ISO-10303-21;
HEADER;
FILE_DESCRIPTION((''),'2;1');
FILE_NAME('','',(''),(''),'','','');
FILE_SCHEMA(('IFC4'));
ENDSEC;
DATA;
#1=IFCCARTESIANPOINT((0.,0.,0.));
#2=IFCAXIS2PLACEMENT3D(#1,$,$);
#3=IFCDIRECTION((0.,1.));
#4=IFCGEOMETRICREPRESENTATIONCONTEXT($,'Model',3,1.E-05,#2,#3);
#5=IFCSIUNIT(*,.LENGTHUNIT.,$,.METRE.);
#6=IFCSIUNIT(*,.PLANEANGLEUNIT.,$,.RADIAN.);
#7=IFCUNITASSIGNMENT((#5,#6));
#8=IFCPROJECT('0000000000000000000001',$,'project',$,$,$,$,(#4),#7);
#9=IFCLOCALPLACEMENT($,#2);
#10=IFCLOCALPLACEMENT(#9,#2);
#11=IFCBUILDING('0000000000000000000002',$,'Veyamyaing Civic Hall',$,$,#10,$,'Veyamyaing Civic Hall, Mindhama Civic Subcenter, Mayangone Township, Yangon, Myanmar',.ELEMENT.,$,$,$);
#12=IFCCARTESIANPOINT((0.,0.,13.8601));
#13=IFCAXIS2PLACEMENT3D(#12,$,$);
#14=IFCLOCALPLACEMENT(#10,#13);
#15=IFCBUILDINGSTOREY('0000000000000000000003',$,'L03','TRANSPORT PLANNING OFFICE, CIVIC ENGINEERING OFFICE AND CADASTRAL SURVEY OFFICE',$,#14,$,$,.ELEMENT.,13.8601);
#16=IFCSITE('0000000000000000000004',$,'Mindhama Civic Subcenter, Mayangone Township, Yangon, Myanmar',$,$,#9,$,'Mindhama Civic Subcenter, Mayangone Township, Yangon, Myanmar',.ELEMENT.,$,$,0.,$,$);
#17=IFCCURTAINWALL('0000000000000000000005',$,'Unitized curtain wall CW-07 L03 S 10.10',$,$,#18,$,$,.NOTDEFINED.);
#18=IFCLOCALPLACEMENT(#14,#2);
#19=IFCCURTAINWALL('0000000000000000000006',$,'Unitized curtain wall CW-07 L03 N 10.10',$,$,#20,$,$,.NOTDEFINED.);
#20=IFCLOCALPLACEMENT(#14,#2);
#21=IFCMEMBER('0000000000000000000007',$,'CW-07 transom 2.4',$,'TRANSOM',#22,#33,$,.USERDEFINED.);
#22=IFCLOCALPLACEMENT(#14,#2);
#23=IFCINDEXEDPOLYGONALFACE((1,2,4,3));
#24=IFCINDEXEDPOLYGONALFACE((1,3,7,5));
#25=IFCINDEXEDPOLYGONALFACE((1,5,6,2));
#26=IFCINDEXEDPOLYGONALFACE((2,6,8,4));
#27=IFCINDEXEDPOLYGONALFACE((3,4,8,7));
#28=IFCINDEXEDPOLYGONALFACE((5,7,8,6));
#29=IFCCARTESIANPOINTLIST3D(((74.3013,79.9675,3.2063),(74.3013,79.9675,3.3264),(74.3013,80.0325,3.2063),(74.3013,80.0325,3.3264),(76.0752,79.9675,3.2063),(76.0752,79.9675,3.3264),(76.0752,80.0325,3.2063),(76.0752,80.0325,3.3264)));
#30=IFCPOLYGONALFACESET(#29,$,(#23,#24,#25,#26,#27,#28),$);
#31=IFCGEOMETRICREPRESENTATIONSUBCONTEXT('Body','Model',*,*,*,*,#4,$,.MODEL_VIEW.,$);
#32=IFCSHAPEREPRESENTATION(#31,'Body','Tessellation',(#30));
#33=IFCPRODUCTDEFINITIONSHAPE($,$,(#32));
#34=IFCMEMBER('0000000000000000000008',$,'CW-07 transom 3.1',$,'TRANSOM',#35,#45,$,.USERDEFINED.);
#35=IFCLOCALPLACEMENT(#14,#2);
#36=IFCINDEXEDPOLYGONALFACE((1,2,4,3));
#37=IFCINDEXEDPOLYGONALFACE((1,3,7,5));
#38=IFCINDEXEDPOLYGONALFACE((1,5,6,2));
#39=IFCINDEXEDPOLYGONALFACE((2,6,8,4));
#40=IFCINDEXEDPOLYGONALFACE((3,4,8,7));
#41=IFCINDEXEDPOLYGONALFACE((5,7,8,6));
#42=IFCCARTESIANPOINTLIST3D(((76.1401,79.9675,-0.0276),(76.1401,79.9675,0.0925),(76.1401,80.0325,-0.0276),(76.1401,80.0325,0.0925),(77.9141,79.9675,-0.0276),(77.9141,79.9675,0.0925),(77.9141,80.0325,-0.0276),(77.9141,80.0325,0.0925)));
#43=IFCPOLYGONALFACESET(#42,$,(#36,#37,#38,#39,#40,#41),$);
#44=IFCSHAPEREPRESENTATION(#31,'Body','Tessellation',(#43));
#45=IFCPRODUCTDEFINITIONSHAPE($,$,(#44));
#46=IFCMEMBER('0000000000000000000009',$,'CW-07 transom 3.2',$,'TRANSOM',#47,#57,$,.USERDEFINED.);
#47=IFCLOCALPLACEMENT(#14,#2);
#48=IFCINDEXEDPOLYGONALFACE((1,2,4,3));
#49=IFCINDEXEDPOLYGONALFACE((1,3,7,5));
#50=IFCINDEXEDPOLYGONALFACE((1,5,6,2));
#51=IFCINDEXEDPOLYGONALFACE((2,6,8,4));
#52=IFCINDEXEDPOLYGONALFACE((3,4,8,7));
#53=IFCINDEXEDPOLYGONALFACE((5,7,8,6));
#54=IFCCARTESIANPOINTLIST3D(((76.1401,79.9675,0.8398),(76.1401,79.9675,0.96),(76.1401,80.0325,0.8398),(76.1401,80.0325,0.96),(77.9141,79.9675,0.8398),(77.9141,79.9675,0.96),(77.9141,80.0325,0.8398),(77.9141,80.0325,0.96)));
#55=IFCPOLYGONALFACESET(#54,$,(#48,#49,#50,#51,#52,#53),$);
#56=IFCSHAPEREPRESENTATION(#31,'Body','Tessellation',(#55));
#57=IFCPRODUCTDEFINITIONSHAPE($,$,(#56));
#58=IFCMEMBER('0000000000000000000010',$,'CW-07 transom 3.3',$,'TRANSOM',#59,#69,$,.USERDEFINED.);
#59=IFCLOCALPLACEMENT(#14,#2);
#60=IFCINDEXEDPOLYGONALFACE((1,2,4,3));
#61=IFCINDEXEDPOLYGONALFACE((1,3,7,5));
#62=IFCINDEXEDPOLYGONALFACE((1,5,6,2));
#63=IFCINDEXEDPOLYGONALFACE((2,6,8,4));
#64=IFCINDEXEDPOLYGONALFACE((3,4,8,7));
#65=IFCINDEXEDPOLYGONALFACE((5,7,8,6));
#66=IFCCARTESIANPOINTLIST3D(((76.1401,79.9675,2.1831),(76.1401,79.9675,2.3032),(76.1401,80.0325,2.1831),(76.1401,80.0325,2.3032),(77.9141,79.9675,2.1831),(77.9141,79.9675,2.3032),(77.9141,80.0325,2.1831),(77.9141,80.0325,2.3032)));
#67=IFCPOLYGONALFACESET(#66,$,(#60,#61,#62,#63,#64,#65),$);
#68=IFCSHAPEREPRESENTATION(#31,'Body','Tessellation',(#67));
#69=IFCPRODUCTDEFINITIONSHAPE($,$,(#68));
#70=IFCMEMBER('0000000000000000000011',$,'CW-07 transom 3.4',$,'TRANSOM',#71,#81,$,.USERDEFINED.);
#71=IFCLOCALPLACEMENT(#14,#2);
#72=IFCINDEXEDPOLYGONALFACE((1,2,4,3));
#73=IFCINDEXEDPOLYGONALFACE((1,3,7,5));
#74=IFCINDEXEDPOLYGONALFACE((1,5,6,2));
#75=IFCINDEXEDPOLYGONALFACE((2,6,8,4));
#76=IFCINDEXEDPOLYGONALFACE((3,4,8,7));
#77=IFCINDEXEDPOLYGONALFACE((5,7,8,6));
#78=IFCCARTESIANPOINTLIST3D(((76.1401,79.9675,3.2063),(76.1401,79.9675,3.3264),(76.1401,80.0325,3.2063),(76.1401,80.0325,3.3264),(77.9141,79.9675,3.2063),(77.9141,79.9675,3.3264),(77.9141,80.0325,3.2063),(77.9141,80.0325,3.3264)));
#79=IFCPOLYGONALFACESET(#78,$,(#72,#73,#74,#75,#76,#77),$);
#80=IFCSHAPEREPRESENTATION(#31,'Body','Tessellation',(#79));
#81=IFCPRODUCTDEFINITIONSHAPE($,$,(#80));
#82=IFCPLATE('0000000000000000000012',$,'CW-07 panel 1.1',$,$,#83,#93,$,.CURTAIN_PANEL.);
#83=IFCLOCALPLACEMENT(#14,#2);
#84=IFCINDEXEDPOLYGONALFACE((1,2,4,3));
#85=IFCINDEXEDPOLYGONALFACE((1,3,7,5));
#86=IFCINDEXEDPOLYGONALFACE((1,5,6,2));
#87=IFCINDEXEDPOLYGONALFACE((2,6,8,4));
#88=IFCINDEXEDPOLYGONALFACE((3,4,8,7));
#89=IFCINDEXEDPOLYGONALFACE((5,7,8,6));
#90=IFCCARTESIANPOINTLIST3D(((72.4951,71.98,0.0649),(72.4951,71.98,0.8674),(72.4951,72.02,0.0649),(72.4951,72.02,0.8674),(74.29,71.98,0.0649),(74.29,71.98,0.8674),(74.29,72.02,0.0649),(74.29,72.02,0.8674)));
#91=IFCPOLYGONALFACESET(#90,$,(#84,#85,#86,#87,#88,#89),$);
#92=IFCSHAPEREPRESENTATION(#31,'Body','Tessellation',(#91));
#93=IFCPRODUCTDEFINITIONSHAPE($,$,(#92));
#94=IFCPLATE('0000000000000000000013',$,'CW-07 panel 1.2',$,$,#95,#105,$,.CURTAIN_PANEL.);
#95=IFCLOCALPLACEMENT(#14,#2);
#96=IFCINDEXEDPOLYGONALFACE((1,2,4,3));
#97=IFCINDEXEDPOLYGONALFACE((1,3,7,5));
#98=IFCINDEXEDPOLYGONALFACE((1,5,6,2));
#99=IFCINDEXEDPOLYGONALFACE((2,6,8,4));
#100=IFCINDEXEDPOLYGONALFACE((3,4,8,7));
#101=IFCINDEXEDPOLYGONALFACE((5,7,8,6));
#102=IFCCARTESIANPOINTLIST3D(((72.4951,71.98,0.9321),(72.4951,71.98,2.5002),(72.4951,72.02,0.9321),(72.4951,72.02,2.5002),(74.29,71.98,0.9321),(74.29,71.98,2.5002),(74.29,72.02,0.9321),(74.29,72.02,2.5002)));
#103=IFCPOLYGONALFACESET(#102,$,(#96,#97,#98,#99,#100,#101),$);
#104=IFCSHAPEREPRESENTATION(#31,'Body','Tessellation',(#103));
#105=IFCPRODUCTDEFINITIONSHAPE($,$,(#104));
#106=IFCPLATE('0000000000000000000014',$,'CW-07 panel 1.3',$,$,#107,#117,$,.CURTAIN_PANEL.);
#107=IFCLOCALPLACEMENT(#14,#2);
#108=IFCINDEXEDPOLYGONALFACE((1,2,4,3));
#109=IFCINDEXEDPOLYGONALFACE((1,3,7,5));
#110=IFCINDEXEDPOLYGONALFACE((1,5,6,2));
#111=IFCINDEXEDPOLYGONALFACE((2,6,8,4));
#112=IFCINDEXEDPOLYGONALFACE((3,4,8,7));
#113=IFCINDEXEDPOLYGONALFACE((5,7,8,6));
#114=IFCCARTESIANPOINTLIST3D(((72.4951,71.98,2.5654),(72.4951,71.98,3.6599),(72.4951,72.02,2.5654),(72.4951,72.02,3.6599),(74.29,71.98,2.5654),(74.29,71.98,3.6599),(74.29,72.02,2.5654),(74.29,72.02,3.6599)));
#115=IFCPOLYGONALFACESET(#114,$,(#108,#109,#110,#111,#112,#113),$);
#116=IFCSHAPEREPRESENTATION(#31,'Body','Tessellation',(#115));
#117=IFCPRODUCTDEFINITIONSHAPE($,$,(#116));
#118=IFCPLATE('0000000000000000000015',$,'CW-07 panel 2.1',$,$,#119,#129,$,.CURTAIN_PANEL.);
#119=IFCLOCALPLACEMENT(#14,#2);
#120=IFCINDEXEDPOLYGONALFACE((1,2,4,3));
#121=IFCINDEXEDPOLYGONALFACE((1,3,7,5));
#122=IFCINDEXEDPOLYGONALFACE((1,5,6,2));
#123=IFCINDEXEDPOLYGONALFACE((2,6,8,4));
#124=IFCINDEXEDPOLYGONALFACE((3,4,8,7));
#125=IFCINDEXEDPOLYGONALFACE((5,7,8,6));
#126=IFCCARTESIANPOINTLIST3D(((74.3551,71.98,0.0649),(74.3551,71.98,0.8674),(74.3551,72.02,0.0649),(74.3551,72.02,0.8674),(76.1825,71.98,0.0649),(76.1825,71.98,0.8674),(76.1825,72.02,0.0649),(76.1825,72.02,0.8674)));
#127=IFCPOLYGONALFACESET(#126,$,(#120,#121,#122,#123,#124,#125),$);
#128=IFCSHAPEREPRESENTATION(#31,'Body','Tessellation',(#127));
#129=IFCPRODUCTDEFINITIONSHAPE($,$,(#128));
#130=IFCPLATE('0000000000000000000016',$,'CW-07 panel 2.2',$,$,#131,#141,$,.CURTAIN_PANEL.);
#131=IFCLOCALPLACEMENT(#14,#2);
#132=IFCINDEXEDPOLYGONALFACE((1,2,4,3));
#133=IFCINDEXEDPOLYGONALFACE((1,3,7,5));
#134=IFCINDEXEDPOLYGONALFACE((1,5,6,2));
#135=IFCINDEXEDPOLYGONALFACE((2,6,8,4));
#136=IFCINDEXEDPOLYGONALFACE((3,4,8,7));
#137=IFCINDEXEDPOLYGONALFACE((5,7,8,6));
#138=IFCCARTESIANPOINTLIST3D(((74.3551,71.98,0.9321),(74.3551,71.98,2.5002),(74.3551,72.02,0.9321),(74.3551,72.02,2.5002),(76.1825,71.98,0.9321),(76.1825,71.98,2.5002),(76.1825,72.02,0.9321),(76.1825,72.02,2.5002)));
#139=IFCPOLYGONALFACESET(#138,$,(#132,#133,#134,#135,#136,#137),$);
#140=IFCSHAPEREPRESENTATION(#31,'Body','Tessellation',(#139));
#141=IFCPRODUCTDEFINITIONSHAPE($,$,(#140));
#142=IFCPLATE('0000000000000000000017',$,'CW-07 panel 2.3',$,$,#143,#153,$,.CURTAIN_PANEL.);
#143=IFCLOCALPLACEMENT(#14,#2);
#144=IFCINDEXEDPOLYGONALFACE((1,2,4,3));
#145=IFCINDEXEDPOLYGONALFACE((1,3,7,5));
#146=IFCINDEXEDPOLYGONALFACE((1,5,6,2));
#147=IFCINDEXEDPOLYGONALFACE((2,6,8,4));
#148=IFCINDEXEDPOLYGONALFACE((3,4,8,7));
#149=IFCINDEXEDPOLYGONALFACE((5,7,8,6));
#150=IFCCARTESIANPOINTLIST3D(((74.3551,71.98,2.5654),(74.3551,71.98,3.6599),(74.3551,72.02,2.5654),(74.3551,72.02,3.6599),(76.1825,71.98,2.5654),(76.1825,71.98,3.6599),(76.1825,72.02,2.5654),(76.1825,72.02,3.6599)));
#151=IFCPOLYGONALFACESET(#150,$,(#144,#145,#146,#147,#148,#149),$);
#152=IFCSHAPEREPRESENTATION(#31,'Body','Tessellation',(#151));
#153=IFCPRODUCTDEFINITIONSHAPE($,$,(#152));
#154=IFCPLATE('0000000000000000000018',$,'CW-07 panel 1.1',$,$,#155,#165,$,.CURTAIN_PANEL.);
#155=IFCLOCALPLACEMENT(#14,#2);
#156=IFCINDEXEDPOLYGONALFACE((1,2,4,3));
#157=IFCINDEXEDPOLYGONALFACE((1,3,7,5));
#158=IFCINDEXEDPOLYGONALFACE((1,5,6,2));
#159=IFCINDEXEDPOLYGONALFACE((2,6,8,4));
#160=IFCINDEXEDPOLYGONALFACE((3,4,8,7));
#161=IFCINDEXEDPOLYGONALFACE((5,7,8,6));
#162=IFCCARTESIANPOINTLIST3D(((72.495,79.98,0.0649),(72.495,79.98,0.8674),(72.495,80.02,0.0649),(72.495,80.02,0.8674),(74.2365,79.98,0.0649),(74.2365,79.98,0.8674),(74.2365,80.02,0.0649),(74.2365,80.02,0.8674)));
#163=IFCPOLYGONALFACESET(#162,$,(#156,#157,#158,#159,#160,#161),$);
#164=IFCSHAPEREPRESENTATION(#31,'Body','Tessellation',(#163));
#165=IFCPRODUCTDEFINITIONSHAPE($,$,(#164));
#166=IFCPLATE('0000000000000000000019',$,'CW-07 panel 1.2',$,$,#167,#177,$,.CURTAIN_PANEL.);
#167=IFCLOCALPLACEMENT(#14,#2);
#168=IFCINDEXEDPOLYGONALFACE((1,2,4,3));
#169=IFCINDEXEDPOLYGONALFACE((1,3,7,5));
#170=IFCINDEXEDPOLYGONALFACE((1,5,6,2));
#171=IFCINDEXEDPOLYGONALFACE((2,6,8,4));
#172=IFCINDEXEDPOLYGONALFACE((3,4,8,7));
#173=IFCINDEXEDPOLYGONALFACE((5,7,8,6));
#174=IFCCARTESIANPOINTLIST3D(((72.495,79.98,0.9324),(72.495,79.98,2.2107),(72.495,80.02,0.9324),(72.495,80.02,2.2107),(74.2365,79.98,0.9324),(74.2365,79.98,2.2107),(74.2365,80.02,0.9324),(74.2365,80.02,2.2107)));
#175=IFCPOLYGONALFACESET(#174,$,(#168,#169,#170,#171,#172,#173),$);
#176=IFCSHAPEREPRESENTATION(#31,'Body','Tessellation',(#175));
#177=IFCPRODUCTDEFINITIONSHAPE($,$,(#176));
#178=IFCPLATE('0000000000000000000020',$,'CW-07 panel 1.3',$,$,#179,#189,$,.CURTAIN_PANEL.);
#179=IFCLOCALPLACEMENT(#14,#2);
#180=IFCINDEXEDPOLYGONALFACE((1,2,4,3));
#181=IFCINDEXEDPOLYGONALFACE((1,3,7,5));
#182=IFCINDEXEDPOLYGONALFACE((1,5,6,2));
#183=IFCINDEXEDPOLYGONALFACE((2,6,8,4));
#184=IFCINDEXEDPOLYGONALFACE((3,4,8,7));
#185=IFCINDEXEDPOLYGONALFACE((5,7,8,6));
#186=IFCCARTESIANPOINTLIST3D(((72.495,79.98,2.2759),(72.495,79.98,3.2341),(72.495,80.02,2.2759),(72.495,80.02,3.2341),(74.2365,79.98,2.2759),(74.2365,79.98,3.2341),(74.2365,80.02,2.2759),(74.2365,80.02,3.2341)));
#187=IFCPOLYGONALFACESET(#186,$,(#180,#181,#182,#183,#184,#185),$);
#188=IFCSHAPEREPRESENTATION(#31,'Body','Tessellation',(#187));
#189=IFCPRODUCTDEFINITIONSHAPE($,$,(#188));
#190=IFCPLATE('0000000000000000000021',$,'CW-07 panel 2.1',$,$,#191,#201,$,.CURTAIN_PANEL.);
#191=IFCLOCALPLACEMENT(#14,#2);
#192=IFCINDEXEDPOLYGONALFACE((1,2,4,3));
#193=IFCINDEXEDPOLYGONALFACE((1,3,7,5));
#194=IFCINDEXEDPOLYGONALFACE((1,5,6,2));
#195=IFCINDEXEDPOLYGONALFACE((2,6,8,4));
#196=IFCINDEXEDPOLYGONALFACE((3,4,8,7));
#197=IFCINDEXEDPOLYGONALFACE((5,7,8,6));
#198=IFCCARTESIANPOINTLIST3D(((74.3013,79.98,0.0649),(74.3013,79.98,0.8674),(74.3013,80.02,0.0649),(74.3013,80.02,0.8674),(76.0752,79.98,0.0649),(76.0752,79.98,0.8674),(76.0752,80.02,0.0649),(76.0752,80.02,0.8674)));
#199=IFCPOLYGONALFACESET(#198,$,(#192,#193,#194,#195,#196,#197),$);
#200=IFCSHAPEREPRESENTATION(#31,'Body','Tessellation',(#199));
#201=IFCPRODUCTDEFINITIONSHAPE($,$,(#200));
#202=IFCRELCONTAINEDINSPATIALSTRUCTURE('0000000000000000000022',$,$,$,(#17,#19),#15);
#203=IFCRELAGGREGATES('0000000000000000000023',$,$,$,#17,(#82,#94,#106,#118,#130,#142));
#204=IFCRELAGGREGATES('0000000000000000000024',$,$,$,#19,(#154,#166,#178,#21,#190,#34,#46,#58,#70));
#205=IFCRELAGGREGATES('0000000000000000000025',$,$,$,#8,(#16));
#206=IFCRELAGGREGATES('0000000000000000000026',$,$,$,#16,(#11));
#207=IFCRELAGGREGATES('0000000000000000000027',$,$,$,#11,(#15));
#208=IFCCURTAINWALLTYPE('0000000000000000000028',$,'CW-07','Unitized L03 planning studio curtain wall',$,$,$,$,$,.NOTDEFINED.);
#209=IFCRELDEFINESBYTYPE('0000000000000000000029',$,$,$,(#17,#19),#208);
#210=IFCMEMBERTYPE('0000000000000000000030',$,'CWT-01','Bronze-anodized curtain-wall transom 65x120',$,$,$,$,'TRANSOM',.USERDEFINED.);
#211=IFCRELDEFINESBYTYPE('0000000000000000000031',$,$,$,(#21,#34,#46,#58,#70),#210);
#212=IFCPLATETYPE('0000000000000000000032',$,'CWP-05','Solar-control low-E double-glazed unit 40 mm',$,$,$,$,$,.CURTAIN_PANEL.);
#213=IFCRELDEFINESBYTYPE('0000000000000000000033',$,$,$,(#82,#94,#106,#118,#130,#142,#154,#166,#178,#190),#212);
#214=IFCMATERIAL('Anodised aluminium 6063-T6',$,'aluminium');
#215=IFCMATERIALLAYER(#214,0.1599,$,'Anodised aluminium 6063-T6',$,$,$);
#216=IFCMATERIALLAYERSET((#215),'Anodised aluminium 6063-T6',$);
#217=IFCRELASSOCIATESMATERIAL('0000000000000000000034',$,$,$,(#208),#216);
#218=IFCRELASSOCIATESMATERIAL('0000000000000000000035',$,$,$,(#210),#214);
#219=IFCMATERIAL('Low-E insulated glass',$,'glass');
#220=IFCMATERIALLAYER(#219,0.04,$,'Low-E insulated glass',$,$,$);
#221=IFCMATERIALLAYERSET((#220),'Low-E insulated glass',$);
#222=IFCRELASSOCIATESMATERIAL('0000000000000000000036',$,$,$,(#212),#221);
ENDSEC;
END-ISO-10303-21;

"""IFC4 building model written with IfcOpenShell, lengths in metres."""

from ifc_helpers import new_model, si_unit, direction, frame, origin, origin_2d, place, context, subcontext, project, spatial, rectangle, extrude, material, layer, layer_set, material_profile, profile_set, type_object, element, aggregate, save


model = new_model("IFC4")

# Units and contexts
model_context = context("Model", 3, precision=1e-05, world=origin(), true_north=direction((0.0, 1.0)))
body_context = subcontext(model_context, "Body", "Model", "MODEL_VIEW")
ifc_project = project(units=[si_unit("LENGTHUNIT", "METRE"), si_unit("PLANEANGLEUNIT", "RADIAN")], contexts=[model_context])

# Site, building, storey
site_placement = place(None, origin())
site = spatial("IfcSite", under=ifc_project, at=site_placement, Name="Mindhama Civic Subcenter, Mayangone Township, Yangon, Myanmar", LongName="Mindhama Civic Subcenter, Mayangone Township, Yangon, Myanmar", CompositionType="ELEMENT", RefElevation=0.0)
building_placement = place(site_placement, origin())
building = spatial("IfcBuilding", under=site, at=building_placement, Name="Veyamyaing Civic Hall", LongName="Veyamyaing Civic Hall, Mindhama Civic Subcenter, Mayangone Township, Yangon, Myanmar", CompositionType="ELEMENT")
storey_placement = place(building_placement, frame((0.0, 0.0, 13.8601)))
storey = spatial("IfcBuildingStorey", under=building, at=storey_placement, Name="L03", Description="TRANSPORT PLANNING OFFICE, CIVIC ENGINEERING OFFICE AND CADASTRAL SURVEY OFFICE", CompositionType="ELEMENT", Elevation=13.8601)

# Curtain walls
ifc_material_1 = material(Name="Anodised aluminium 6063-T6", Category="aluminium")
ifc_layer_1 = layer(ifc_material_1, 0.1599, Name="Anodised aluminium 6063-T6")
ifc_layer_set_1 = layer_set([ifc_layer_1], Name="Anodised aluminium 6063-T6")
curtain_wall_type = type_object("IfcCurtainWallType", Name="CW-07", Description="Unitized L03 planning studio curtain wall", PredefinedType="NOTDEFINED", material=ifc_layer_set_1)
curtain_wall_1_placement = place(storey_placement, origin())
curtain_wall_1 = element("IfcCurtainWall", 1, at=curtain_wall_1_placement, inside=storey, type_object=curtain_wall_type, Name="Unitized curtain wall CW-07 L03 S 10.10", PredefinedType="NOTDEFINED")
curtain_wall_2_placement = place(storey_placement, origin())
curtain_wall_2 = element("IfcCurtainWall", 2, at=curtain_wall_2_placement, inside=storey, type_object=curtain_wall_type, Name="Unitized curtain wall CW-07 L03 N 10.10", PredefinedType="NOTDEFINED")

# Members
ifc_material_profile_1 = material_profile(ifc_material_1, rectangle(XDim=0.0649, YDim=0.1201, at=origin_2d()), Name="ALU-TRN-65X120")
ifc_profile_set_1 = profile_set([ifc_material_profile_1], Name="Anodised aluminium 6063-T6")
member_type_1 = type_object("IfcMemberType", Name="CWT-01", Description="Bronze-anodized curtain-wall transom 65x120", ElementType="TRANSOM", PredefinedType="USERDEFINED", material=ifc_profile_set_1)
member_1_placement = place(storey_placement, frame((74.3013, 80.0, 3.2664), z_axis=(1.0, 0.0, 0.0), x_axis=(0.0, 1.0, 0.0)))
member_1 = element("IfcMember", 3, at=member_1_placement, type_object=member_type_1, Name="CW-07 transom 2.4", ObjectType="TRANSOM", PredefinedType="USERDEFINED", context=body_context, shape_type="SweptSolid", body=[
    extrude(rectangle(XDim=0.0649, YDim=0.1201, at=origin_2d()), origin(), (0.0, 0.0, 1.0), 1.7739),
])
member_2_placement = place(storey_placement, frame((76.1401, 80.0, 0.0325), z_axis=(1.0, 0.0, 0.0), x_axis=(0.0, 1.0, 0.0)))
member_2 = element("IfcMember", 4, at=member_2_placement, type_object=member_type_1, Name="CW-07 transom 3.1", ObjectType="TRANSOM", PredefinedType="USERDEFINED", context=body_context, shape_type="SweptSolid", body=[
    extrude(rectangle(XDim=0.0649, YDim=0.1201, at=origin_2d()), origin(), (0.0, 0.0, 1.0), 1.7739),
])
member_3_placement = place(storey_placement, frame((76.1401, 80.0, 0.8999), z_axis=(1.0, 0.0, 0.0), x_axis=(0.0, 1.0, 0.0)))
member_3 = element("IfcMember", 5, at=member_3_placement, type_object=member_type_1, Name="CW-07 transom 3.2", ObjectType="TRANSOM", PredefinedType="USERDEFINED", context=body_context, shape_type="SweptSolid", body=[
    extrude(rectangle(XDim=0.0649, YDim=0.1201, at=origin_2d()), origin(), (0.0, 0.0, 1.0), 1.7739),
])
member_4_placement = place(storey_placement, frame((76.1401, 80.0, 2.2432), z_axis=(1.0, 0.0, 0.0), x_axis=(0.0, 1.0, 0.0)))
member_4 = element("IfcMember", 6, at=member_4_placement, type_object=member_type_1, Name="CW-07 transom 3.3", ObjectType="TRANSOM", PredefinedType="USERDEFINED", context=body_context, shape_type="SweptSolid", body=[
    extrude(rectangle(XDim=0.0649, YDim=0.1201, at=origin_2d()), origin(), (0.0, 0.0, 1.0), 1.7739),
])
member_5_placement = place(storey_placement, frame((76.1401, 80.0, 3.2664), z_axis=(1.0, 0.0, 0.0), x_axis=(0.0, 1.0, 0.0)))
member_5 = element("IfcMember", 7, at=member_5_placement, type_object=member_type_1, Name="CW-07 transom 3.4", ObjectType="TRANSOM", PredefinedType="USERDEFINED", context=body_context, shape_type="SweptSolid", body=[
    extrude(rectangle(XDim=0.0649, YDim=0.1201, at=origin_2d()), origin(), (0.0, 0.0, 1.0), 1.7739),
])

# Plates
ifc_material_2 = material(Name="Low-E insulated glass", Category="glass")
ifc_layer_2 = layer(ifc_material_2, 0.04, Name="Low-E insulated glass")
ifc_layer_set_2 = layer_set([ifc_layer_2], Name="Low-E insulated glass")
plate_type = type_object("IfcPlateType", Name="CWP-05", Description="Solar-control low-E double-glazed unit 40 mm", PredefinedType="CURTAIN_PANEL", material=ifc_layer_set_2)
plate_1_placement = place(storey_placement, frame((73.3926, 72.0, 0.0649), z_axis=(0.0, 0.0, 1.0), x_axis=(1.0, 0.0, 0.0)))
plate_1 = element("IfcPlate", 8, at=plate_1_placement, type_object=plate_type, Name="CW-07 panel 1.1", PredefinedType="CURTAIN_PANEL", context=body_context, shape_type="SweptSolid", body=[
    extrude(rectangle(XDim=1.7949, YDim=0.04, at=origin_2d()), origin(), (0.0, 0.0, 1.0), 0.8025),
])
plate_2_placement = place(storey_placement, frame((73.3926, 72.0, 0.9321), z_axis=(0.0, 0.0, 1.0), x_axis=(1.0, 0.0, 0.0)))
plate_2 = element("IfcPlate", 9, at=plate_2_placement, type_object=plate_type, Name="CW-07 panel 1.2", PredefinedType="CURTAIN_PANEL", context=body_context, shape_type="SweptSolid", body=[
    extrude(rectangle(XDim=1.7949, YDim=0.04, at=origin_2d()), origin(), (0.0, 0.0, 1.0), 1.5681),
])
plate_3_placement = place(storey_placement, frame((73.3926, 72.0, 2.5654), z_axis=(0.0, 0.0, 1.0), x_axis=(1.0, 0.0, 0.0)))
plate_3 = element("IfcPlate", 10, at=plate_3_placement, type_object=plate_type, Name="CW-07 panel 1.3", PredefinedType="CURTAIN_PANEL", context=body_context, shape_type="SweptSolid", body=[
    extrude(rectangle(XDim=1.7949, YDim=0.04, at=origin_2d()), origin(), (0.0, 0.0, 1.0), 1.0945),
])
plate_4_placement = place(storey_placement, frame((75.2688, 72.0, 0.0649), z_axis=(0.0, 0.0, 1.0), x_axis=(1.0, 0.0, 0.0)))
plate_4 = element("IfcPlate", 11, at=plate_4_placement, type_object=plate_type, Name="CW-07 panel 2.1", PredefinedType="CURTAIN_PANEL", context=body_context, shape_type="SweptSolid", body=[
    extrude(rectangle(XDim=1.8274, YDim=0.04, at=origin_2d()), origin(), (0.0, 0.0, 1.0), 0.8025),
])
plate_5_placement = place(storey_placement, frame((75.2688, 72.0, 0.9321), z_axis=(0.0, 0.0, 1.0), x_axis=(1.0, 0.0, 0.0)))
plate_5 = element("IfcPlate", 12, at=plate_5_placement, type_object=plate_type, Name="CW-07 panel 2.2", PredefinedType="CURTAIN_PANEL", context=body_context, shape_type="SweptSolid", body=[
    extrude(rectangle(XDim=1.8274, YDim=0.04, at=origin_2d()), origin(), (0.0, 0.0, 1.0), 1.5681),
])
plate_6_placement = place(storey_placement, frame((75.2688, 72.0, 2.5654), z_axis=(0.0, 0.0, 1.0), x_axis=(1.0, 0.0, 0.0)))
plate_6 = element("IfcPlate", 13, at=plate_6_placement, type_object=plate_type, Name="CW-07 panel 2.3", PredefinedType="CURTAIN_PANEL", context=body_context, shape_type="SweptSolid", body=[
    extrude(rectangle(XDim=1.8274, YDim=0.04, at=origin_2d()), origin(), (0.0, 0.0, 1.0), 1.0945),
])
aggregate(curtain_wall_1, [plate_1, plate_2, plate_3, plate_4, plate_5, plate_6])
plate_7_placement = place(storey_placement, frame((73.3657, 80.0, 0.0649), z_axis=(0.0, 0.0, 1.0), x_axis=(1.0, 0.0, 0.0)))
plate_7 = element("IfcPlate", 14, at=plate_7_placement, type_object=plate_type, Name="CW-07 panel 1.1", PredefinedType="CURTAIN_PANEL", context=body_context, shape_type="SweptSolid", body=[
    extrude(rectangle(XDim=1.7415, YDim=0.04, at=origin_2d()), origin(), (0.0, 0.0, 1.0), 0.8025),
])
plate_8_placement = place(storey_placement, frame((73.3657, 80.0, 0.9324), z_axis=(0.0, 0.0, 1.0), x_axis=(1.0, 0.0, 0.0)))
plate_8 = element("IfcPlate", 15, at=plate_8_placement, type_object=plate_type, Name="CW-07 panel 1.2", PredefinedType="CURTAIN_PANEL", context=body_context, shape_type="SweptSolid", body=[
    extrude(rectangle(XDim=1.7415, YDim=0.04, at=origin_2d()), origin(), (0.0, 0.0, 1.0), 1.2783),
])
plate_9_placement = place(storey_placement, frame((73.3657, 80.0, 2.2759), z_axis=(0.0, 0.0, 1.0), x_axis=(1.0, 0.0, 0.0)))
plate_9 = element("IfcPlate", 16, at=plate_9_placement, type_object=plate_type, Name="CW-07 panel 1.3", PredefinedType="CURTAIN_PANEL", context=body_context, shape_type="SweptSolid", body=[
    extrude(rectangle(XDim=1.7415, YDim=0.04, at=origin_2d()), origin(), (0.0, 0.0, 1.0), 0.9583),
])
plate_10_placement = place(storey_placement, frame((75.1882, 80.0, 0.0649), z_axis=(0.0, 0.0, 1.0), x_axis=(1.0, 0.0, 0.0)))
plate_10 = element("IfcPlate", 17, at=plate_10_placement, type_object=plate_type, Name="CW-07 panel 2.1", PredefinedType="CURTAIN_PANEL", context=body_context, shape_type="SweptSolid", body=[
    extrude(rectangle(XDim=1.7739, YDim=0.04, at=origin_2d()), origin(), (0.0, 0.0, 1.0), 0.8025),
])
aggregate(curtain_wall_2, [plate_7, plate_8, plate_9, member_1, plate_10, member_2, member_3, member_4, member_5])

save(model, "model.ifc")
